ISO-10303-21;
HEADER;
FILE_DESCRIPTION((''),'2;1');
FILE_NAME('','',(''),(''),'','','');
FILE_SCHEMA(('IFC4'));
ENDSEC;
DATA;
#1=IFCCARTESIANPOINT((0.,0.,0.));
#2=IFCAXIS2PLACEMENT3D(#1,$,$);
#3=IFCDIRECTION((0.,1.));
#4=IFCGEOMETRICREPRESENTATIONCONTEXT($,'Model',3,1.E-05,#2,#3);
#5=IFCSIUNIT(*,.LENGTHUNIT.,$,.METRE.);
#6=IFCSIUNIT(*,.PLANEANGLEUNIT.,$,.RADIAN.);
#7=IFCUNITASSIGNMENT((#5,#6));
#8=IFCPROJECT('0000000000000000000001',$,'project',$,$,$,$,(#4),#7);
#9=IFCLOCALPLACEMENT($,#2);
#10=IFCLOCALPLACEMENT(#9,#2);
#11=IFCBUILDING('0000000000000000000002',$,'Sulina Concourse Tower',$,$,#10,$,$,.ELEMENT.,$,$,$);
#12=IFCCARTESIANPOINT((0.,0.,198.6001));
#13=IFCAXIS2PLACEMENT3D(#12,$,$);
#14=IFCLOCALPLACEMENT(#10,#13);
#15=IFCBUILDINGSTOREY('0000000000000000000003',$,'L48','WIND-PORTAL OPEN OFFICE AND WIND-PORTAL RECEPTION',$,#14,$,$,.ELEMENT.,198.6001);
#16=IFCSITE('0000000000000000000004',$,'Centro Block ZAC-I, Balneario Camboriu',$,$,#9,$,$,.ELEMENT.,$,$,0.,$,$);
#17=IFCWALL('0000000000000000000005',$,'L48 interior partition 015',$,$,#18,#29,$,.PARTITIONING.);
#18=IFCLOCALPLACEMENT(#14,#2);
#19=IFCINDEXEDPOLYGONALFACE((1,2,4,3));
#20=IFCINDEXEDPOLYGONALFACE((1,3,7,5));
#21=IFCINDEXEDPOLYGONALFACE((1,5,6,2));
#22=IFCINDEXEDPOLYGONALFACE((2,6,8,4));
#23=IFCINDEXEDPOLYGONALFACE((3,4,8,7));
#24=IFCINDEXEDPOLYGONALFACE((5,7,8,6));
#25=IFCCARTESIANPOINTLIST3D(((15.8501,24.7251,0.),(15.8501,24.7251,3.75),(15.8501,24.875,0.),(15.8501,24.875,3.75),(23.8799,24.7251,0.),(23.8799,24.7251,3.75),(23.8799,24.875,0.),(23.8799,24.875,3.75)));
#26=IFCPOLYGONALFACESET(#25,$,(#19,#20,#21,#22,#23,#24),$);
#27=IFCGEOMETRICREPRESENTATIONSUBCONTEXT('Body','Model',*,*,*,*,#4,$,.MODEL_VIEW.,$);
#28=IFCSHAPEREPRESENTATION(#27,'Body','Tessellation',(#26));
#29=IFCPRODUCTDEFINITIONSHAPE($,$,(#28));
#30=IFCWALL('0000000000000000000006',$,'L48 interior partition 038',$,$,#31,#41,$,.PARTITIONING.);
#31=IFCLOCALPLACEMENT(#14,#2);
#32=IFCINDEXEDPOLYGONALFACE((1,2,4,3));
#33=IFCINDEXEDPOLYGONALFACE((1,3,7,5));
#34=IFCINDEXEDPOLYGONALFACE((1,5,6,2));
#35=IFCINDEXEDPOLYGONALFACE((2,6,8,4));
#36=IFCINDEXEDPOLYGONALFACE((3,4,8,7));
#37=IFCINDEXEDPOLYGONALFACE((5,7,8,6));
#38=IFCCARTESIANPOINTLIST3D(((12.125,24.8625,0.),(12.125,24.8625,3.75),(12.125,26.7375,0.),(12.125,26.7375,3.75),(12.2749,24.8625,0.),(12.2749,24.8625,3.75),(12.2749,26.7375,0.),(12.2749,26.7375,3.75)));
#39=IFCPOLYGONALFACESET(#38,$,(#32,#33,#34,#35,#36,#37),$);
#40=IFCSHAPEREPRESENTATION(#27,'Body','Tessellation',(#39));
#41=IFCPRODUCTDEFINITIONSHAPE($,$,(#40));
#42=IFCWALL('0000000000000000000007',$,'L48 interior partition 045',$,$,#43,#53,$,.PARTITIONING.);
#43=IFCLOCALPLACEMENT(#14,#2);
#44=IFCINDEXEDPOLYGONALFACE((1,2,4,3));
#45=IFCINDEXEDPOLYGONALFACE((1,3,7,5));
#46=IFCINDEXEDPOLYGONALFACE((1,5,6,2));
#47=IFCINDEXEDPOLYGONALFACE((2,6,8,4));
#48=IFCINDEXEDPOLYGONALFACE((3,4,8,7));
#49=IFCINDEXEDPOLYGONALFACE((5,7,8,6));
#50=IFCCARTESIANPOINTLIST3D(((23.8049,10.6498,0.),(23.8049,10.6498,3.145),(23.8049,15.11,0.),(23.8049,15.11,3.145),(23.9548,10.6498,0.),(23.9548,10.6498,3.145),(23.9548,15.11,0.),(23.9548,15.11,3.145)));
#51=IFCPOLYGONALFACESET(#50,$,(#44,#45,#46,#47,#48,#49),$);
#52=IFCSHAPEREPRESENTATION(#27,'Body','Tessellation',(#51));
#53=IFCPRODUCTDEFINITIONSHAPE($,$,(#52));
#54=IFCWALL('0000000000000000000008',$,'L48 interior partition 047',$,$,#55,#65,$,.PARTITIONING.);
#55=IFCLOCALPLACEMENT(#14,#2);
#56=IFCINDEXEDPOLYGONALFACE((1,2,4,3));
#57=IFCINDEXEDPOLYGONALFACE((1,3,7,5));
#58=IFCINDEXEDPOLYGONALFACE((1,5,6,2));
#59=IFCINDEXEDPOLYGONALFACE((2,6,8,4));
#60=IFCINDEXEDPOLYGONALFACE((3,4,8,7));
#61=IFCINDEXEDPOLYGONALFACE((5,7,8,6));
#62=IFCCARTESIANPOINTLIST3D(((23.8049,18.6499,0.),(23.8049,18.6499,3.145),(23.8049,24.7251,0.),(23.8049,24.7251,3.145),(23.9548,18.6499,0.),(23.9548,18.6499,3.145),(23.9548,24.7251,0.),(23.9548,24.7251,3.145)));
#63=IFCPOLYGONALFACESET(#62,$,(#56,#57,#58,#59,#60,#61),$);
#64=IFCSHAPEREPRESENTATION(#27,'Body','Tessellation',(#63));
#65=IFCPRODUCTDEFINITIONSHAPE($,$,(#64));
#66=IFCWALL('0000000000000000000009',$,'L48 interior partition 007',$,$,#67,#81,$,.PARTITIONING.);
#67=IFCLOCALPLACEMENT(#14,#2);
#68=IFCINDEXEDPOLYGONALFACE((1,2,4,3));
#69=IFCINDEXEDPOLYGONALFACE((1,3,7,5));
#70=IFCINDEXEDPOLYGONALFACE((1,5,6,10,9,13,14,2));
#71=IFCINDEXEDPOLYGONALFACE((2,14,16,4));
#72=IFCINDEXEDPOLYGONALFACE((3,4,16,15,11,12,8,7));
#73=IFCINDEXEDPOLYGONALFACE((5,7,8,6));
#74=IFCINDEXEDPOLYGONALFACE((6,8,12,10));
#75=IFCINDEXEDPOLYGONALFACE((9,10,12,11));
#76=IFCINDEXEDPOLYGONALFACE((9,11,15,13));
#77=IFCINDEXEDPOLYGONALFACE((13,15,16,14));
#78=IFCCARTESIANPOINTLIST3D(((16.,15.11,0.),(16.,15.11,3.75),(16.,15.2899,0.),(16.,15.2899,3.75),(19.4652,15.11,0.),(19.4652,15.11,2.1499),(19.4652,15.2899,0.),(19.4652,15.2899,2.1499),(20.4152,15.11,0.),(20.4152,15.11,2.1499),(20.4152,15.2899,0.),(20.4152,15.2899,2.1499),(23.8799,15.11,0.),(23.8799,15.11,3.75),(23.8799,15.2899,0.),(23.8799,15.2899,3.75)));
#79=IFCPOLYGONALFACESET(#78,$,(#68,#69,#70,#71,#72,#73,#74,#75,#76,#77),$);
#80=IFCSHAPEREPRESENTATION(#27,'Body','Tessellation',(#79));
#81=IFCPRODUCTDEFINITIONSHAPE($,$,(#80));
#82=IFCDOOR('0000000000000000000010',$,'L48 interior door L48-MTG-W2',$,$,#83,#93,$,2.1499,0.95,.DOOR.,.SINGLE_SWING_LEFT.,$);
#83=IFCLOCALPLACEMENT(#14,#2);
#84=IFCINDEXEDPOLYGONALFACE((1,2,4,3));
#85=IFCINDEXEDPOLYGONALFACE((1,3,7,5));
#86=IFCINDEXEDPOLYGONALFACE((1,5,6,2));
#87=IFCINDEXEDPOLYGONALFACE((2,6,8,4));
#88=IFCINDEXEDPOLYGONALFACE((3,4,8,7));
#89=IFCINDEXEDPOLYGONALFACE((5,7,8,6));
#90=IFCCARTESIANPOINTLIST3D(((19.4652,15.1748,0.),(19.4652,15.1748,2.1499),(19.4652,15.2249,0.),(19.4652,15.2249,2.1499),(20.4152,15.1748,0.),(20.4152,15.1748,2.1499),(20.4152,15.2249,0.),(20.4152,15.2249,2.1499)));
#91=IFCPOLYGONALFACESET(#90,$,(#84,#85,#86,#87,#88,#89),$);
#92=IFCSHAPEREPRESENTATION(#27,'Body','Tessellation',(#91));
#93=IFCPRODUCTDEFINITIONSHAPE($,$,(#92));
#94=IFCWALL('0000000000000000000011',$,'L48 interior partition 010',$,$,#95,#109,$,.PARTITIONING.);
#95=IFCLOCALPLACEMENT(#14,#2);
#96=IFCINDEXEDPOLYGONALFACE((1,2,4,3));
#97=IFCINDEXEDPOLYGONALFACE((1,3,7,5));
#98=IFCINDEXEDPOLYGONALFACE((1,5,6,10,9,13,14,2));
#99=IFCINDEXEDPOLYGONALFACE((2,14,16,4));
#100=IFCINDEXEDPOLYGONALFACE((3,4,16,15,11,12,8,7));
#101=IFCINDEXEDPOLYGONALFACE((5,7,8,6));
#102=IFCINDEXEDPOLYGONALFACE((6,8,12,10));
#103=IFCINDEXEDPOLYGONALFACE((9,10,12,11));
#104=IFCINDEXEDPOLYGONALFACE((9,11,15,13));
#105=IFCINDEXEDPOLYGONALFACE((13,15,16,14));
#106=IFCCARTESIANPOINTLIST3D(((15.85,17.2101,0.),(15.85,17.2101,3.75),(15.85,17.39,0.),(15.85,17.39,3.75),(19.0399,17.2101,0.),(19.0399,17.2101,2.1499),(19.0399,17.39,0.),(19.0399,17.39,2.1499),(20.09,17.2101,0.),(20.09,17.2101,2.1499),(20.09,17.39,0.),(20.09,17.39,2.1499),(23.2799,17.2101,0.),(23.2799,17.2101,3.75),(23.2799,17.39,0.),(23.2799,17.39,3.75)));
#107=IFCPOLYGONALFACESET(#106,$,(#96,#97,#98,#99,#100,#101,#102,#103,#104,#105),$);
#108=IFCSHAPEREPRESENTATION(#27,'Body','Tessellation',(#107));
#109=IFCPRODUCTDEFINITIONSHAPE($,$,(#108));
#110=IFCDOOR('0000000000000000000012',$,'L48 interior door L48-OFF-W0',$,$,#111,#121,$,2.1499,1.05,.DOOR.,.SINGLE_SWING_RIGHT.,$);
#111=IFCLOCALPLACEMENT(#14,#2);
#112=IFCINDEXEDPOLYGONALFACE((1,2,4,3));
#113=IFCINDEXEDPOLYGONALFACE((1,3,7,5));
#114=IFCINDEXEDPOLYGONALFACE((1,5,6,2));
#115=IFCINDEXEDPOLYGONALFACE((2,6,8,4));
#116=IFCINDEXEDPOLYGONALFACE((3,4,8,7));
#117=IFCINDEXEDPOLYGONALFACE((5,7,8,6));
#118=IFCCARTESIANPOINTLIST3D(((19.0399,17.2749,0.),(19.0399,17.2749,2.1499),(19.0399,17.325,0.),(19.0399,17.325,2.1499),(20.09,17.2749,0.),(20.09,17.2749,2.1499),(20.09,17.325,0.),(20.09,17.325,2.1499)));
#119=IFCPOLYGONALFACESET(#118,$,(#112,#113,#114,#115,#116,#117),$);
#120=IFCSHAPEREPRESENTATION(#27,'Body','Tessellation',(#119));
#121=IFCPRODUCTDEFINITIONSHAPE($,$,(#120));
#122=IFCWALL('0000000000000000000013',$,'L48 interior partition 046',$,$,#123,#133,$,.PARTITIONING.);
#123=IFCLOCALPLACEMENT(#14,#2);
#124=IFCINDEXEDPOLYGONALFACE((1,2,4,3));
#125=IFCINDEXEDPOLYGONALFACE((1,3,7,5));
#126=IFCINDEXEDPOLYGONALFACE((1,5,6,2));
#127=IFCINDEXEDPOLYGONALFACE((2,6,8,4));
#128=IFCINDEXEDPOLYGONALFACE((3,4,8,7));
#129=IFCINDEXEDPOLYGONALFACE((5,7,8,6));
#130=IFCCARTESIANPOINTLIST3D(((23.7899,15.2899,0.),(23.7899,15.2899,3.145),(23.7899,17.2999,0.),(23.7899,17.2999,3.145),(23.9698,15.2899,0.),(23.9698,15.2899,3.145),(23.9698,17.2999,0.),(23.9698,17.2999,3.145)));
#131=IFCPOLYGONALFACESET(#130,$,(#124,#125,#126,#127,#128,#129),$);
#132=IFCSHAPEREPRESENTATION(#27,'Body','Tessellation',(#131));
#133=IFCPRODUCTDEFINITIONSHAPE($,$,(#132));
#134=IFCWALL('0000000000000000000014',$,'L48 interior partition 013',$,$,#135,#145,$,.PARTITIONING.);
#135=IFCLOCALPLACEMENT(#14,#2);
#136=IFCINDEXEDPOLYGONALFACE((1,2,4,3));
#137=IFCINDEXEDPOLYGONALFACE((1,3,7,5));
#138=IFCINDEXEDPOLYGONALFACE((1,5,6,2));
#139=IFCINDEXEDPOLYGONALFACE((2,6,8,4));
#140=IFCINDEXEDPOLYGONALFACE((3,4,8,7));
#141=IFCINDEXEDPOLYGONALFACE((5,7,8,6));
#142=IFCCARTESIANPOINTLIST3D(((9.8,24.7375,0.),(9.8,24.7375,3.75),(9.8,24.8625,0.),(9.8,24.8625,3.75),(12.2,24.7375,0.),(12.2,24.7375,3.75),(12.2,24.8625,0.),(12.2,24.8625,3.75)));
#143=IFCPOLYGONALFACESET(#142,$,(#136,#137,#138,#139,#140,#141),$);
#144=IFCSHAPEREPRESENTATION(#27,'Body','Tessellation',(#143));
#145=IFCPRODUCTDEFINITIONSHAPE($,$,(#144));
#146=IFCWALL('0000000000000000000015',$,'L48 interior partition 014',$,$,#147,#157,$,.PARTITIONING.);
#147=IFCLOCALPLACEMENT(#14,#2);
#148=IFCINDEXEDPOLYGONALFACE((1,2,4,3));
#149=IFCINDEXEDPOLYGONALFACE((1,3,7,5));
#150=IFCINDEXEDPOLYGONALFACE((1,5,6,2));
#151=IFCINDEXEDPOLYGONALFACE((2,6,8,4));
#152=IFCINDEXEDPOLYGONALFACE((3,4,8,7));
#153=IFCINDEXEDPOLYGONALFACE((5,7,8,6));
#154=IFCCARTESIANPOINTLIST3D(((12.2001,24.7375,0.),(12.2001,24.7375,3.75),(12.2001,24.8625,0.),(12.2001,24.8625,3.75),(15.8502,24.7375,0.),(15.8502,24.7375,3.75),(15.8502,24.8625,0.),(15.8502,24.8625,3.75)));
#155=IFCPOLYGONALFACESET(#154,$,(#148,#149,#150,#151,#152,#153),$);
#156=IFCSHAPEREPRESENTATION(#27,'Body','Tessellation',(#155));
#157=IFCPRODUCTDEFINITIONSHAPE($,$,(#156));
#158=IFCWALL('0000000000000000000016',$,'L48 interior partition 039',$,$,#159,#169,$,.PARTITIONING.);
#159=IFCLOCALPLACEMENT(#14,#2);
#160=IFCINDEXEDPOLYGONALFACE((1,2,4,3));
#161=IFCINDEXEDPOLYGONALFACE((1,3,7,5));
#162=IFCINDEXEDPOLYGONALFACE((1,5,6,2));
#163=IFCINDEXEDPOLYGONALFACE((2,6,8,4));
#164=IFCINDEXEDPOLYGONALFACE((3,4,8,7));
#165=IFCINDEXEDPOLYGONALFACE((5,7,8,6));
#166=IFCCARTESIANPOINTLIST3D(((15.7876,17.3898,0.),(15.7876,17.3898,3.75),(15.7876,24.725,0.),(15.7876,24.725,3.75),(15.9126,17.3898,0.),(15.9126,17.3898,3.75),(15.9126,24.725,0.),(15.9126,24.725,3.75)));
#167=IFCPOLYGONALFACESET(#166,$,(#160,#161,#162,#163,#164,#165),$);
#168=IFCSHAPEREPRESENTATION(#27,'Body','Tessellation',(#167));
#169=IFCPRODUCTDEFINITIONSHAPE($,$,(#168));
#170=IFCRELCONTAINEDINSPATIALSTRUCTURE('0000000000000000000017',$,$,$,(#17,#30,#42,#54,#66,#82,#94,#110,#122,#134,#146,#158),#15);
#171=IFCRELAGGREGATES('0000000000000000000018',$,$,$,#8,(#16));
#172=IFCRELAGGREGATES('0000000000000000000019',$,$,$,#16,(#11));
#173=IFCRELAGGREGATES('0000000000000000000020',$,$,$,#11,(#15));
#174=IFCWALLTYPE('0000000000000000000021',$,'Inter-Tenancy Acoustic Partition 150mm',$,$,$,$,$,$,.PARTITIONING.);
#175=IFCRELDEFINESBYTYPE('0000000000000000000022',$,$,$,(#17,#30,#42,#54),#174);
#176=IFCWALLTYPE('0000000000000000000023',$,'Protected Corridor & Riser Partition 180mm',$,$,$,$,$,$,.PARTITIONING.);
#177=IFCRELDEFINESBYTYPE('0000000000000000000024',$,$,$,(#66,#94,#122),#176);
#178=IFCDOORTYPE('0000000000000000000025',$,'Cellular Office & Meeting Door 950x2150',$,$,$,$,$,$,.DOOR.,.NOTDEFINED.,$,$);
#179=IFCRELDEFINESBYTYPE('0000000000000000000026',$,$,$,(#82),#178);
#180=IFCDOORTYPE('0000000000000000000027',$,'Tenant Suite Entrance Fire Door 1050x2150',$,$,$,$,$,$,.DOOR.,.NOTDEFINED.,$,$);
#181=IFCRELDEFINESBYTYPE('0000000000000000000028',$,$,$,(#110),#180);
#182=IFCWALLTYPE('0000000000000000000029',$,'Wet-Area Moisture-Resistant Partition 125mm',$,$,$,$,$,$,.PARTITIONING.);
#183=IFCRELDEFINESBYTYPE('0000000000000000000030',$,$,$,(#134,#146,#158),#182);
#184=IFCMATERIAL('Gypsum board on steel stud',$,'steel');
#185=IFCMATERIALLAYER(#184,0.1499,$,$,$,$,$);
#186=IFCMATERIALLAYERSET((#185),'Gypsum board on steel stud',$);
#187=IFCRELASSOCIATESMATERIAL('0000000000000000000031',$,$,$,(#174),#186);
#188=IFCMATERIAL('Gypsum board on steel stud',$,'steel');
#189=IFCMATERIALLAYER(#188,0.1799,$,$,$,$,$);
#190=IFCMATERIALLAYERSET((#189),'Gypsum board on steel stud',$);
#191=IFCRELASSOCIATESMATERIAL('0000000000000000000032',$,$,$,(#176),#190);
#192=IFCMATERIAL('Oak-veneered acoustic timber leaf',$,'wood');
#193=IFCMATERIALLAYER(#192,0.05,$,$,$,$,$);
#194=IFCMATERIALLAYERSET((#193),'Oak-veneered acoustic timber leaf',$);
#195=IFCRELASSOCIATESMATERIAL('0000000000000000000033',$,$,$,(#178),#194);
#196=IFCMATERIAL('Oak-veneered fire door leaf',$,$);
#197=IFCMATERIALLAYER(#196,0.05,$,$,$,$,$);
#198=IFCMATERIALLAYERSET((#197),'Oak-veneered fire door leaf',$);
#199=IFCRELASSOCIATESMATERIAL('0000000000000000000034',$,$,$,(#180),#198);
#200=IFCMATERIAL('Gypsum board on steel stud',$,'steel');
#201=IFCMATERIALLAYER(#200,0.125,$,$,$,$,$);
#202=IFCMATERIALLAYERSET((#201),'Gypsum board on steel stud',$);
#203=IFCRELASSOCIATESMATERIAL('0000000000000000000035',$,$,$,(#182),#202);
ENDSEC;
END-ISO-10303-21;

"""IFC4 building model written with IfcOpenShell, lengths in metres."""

from ifc_helpers import new_model, si_unit, direction, frame, frame_2d, origin, place, context, subcontext, project, spatial, rectangle, extrude, material, layer, layer_set, type_object, element, fill, save


model = new_model("IFC4")

# Units and contexts
model_context = context("Model", 3, precision=1e-05, world=origin(), true_north=direction((0.0, 1.0)))
body_context = subcontext(model_context, "Body", "Model", "MODEL_VIEW")
ifc_project = project(units=[si_unit("LENGTHUNIT", "METRE"), si_unit("PLANEANGLEUNIT", "RADIAN")], contexts=[model_context])

# Site, building, storey
site_placement = place(None, origin())
site = spatial("IfcSite", under=ifc_project, at=site_placement, Name="Centro Block ZAC-I, Balneario Camboriu", CompositionType="ELEMENT", RefElevation=0.0)
building_placement = place(site_placement, origin())
building = spatial("IfcBuilding", under=site, at=building_placement, Name="Sulina Concourse Tower", CompositionType="ELEMENT")
storey_placement = place(building_placement, frame((0.0, 0.0, 198.6001)))
storey = spatial("IfcBuildingStorey", under=building, at=storey_placement, Name="L48", Description="WIND-PORTAL OPEN OFFICE AND WIND-PORTAL RECEPTION", CompositionType="ELEMENT", Elevation=198.6001)

# Walls
ifc_material_1 = material(Name="Gypsum board on steel stud", Category="steel")
ifc_layer_1 = layer(ifc_material_1, 0.1499)
ifc_layer_set_1 = layer_set([ifc_layer_1], Name="Gypsum board on steel stud")
wall_type_1 = type_object("IfcWallType", Name="Inter-Tenancy Acoustic Partition 150mm", PredefinedType="PARTITIONING", material=ifc_layer_set_1)
wall_1_placement = place(storey_placement, frame((15.8501, 24.8, 0.0), z_axis=(0.0, 0.0, 1.0), x_axis=(1.0, 0.0, 0.0)))
element("IfcWall", 1, at=wall_1_placement, inside=storey, type_object=wall_type_1, Name="L48 interior partition 015", PredefinedType="PARTITIONING", context=body_context, shape_type="SweptSolid", body=[
    extrude(rectangle(XDim=8.0298, YDim=0.1499, at=frame_2d((4.0149, 0.0))), origin(), (0.0, 0.0, 1.0), 3.75),
])
wall_2_placement = place(storey_placement, frame((12.2, 24.8625, 0.0), z_axis=(0.0, 0.0, 1.0), x_axis=(0.0, 1.0, 0.0)))
element("IfcWall", 2, at=wall_2_placement, inside=storey, type_object=wall_type_1, Name="L48 interior partition 038", PredefinedType="PARTITIONING", context=body_context, shape_type="SweptSolid", body=[
    extrude(rectangle(XDim=1.875, YDim=0.1499, at=frame_2d((0.9375, 0.0))), origin(), (0.0, 0.0, 1.0), 3.75),
])
wall_3_placement = place(storey_placement, frame((23.8799, 10.6499, 0.0), z_axis=(0.0, 0.0, 1.0), x_axis=(0.0, 1.0, 0.0)))
element("IfcWall", 3, at=wall_3_placement, inside=storey, type_object=wall_type_1, Name="L48 interior partition 045", PredefinedType="PARTITIONING", context=body_context, shape_type="SweptSolid", body=[
    extrude(rectangle(XDim=4.4602, YDim=0.1499, at=frame_2d((2.23, 0.0))), origin(), (0.0, 0.0, 1.0), 3.145),
])
wall_4_placement = place(storey_placement, frame((23.8799, 18.6499, 0.0), z_axis=(0.0, 0.0, 1.0), x_axis=(0.0, 1.0, 0.0)))
element("IfcWall", 4, at=wall_4_placement, inside=storey, type_object=wall_type_1, Name="L48 interior partition 047", PredefinedType="PARTITIONING", context=body_context, shape_type="SweptSolid", body=[
    extrude(rectangle(XDim=6.0752, YDim=0.1499, at=frame_2d((3.0376, 0.0))), origin(), (0.0, 0.0, 1.0), 3.145),
])

# Walls, openings, doors
ifc_material_2 = material(Name="Gypsum board on steel stud", Category="steel")
ifc_layer_2 = layer(ifc_material_2, 0.1799)
ifc_layer_set_2 = layer_set([ifc_layer_2], Name="Gypsum board on steel stud")
wall_type_2 = type_object("IfcWallType", Name="Protected Corridor & Riser Partition 180mm", PredefinedType="PARTITIONING", material=ifc_layer_set_2)
wall_5_placement = place(storey_placement, frame((16.0, 15.2, 0.0), z_axis=(0.0, 0.0, 1.0), x_axis=(1.0, 0.0, 0.0)))
wall_5 = element("IfcWall", 5, at=wall_5_placement, inside=storey, type_object=wall_type_2, Name="L48 interior partition 007", PredefinedType="PARTITIONING", context=body_context, shape_type="SweptSolid", body=[
    extrude(rectangle(XDim=7.8799, YDim=0.1799, at=frame_2d((3.9399, 0.0))), origin(), (0.0, 0.0, 1.0), 3.75),
])
opening_1_placement = place(wall_5_placement, frame((3.4651, 0.0, 0.0)))
opening_1 = element("IfcOpeningElement", 6, at=opening_1_placement, cuts=wall_5, PredefinedType="OPENING", context=body_context, shape_type="SweptSolid", body=[
    extrude(rectangle(XDim=0.95, YDim=2.1499, at=frame_2d((0.4751, 1.075))), frame((0.0, 0.0999, 0.0), z_axis=(0.0, -1.0, 0.0), x_axis=(1.0, 0.0, 0.0)), (0.0, 0.0, 1.0), 0.2),
])
ifc_material_3 = material(Name="Oak-veneered acoustic timber leaf", Category="wood")
ifc_layer_3 = layer(ifc_material_3, 0.05)
ifc_layer_set_3 = layer_set([ifc_layer_3], Name="Oak-veneered acoustic timber leaf")
door_type_1 = type_object("IfcDoorType", Name="Cellular Office & Meeting Door 950x2150", OperationType="NOTDEFINED", PredefinedType="DOOR", material=ifc_layer_set_3)
door_1_placement = place(opening_1_placement, origin())
door_1 = element("IfcDoor", 7, at=door_1_placement, inside=storey, type_object=door_type_1, Name="L48 interior door L48-MTG-W2", OperationType="SINGLE_SWING_LEFT", OverallHeight=2.1499, OverallWidth=0.95, PredefinedType="DOOR", context=body_context, shape_type="SweptSolid", body=[
    extrude(rectangle(XDim=0.95, YDim=2.1499, at=frame_2d((0.4751, 1.075))), frame((0.0, 0.0249, 0.0), z_axis=(0.0, -1.0, 0.0), x_axis=(1.0, 0.0, 0.0)), (0.0, 0.0, 1.0), 0.05),
])
fill(opening_1, door_1)
wall_6_placement = place(storey_placement, frame((15.8501, 17.3, 0.0), z_axis=(0.0, 0.0, 1.0), x_axis=(1.0, 0.0, 0.0)))
wall_6 = element("IfcWall", 8, at=wall_6_placement, inside=storey, type_object=wall_type_2, Name="L48 interior partition 010", PredefinedType="PARTITIONING", context=body_context, shape_type="SweptSolid", body=[
    extrude(rectangle(XDim=7.4299, YDim=0.1799, at=frame_2d((3.7148, 0.0))), origin(), (0.0, 0.0, 1.0), 3.75),
])
opening_2_placement = place(wall_6_placement, frame((3.1899, 0.0, 0.0)))
opening_2 = element("IfcOpeningElement", 9, at=opening_2_placement, cuts=wall_6, PredefinedType="OPENING", context=body_context, shape_type="SweptSolid", body=[
    extrude(rectangle(XDim=1.05, YDim=2.1499, at=frame_2d((0.5249, 1.075))), frame((0.0, 0.0999, 0.0), z_axis=(0.0, -1.0, 0.0), x_axis=(1.0, 0.0, 0.0)), (0.0, 0.0, 1.0), 0.2),
])
ifc_material_4 = material(Name="Oak-veneered fire door leaf")
ifc_layer_4 = layer(ifc_material_4, 0.05)
ifc_layer_set_4 = layer_set([ifc_layer_4], Name="Oak-veneered fire door leaf")
door_type_2 = type_object("IfcDoorType", Name="Tenant Suite Entrance Fire Door 1050x2150", OperationType="NOTDEFINED", PredefinedType="DOOR", material=ifc_layer_set_4)
door_2_placement = place(opening_2_placement, origin())
door_2 = element("IfcDoor", 10, at=door_2_placement, inside=storey, type_object=door_type_2, Name="L48 interior door L48-OFF-W0", OperationType="SINGLE_SWING_RIGHT", OverallHeight=2.1499, OverallWidth=1.05, PredefinedType="DOOR", context=body_context, shape_type="SweptSolid", body=[
    extrude(rectangle(XDim=1.05, YDim=2.1499, at=frame_2d((0.5249, 1.075))), frame((0.0, 0.0249, 0.0), z_axis=(0.0, -1.0, 0.0), x_axis=(1.0, 0.0, 0.0)), (0.0, 0.0, 1.0), 0.05),
])
fill(opening_2, door_2)

# Walls
wall_7_placement = place(storey_placement, frame((23.8799, 15.29, 0.0), z_axis=(0.0, 0.0, 1.0), x_axis=(0.0, 1.0, 0.0)))
element("IfcWall", 11, at=wall_7_placement, inside=storey, type_object=wall_type_2, Name="L48 interior partition 046", PredefinedType="PARTITIONING", context=body_context, shape_type="SweptSolid", body=[
    extrude(rectangle(XDim=2.01, YDim=0.1799, at=frame_2d((1.0049, 0.0))), origin(), (0.0, 0.0, 1.0), 3.145),
])
ifc_material_5 = material(Name="Gypsum board on steel stud", Category="steel")
ifc_layer_5 = layer(ifc_material_5, 0.125)
ifc_layer_set_5 = layer_set([ifc_layer_5], Name="Gypsum board on steel stud")
wall_type_3 = type_object("IfcWallType", Name="Wet-Area Moisture-Resistant Partition 125mm", PredefinedType="PARTITIONING", material=ifc_layer_set_5)
wall_8_placement = place(storey_placement, frame((9.8, 24.8, 0.0), z_axis=(0.0, 0.0, 1.0), x_axis=(1.0, 0.0, 0.0)))
element("IfcWall", 12, at=wall_8_placement, inside=storey, type_object=wall_type_3, Name="L48 interior partition 013", PredefinedType="PARTITIONING", context=body_context, shape_type="SweptSolid", body=[
    extrude(rectangle(XDim=2.3999, YDim=0.125, at=frame_2d((1.2, 0.0))), origin(), (0.0, 0.0, 1.0), 3.75),
])
wall_9_placement = place(storey_placement, frame((12.2, 24.8, 0.0), z_axis=(0.0, 0.0, 1.0), x_axis=(1.0, 0.0, 0.0)))
element("IfcWall", 13, at=wall_9_placement, inside=storey, type_object=wall_type_3, Name="L48 interior partition 014", PredefinedType="PARTITIONING", context=body_context, shape_type="SweptSolid", body=[
    extrude(rectangle(XDim=3.6501, YDim=0.125, at=frame_2d((1.8252, 0.0))), origin(), (0.0, 0.0, 1.0), 3.75),
])
wall_10_placement = place(storey_placement, frame((15.8501, 17.3899, 0.0), z_axis=(0.0, 0.0, 1.0), x_axis=(0.0, 1.0, 0.0)))
element("IfcWall", 14, at=wall_10_placement, inside=storey, type_object=wall_type_3, Name="L48 interior partition 039", PredefinedType="PARTITIONING", context=body_context, shape_type="SweptSolid", body=[
    extrude(rectangle(XDim=7.3352, YDim=0.125, at=frame_2d((3.6675, 0.0))), origin(), (0.0, 0.0, 1.0), 3.75),
])

save(model, "model.ifc")
